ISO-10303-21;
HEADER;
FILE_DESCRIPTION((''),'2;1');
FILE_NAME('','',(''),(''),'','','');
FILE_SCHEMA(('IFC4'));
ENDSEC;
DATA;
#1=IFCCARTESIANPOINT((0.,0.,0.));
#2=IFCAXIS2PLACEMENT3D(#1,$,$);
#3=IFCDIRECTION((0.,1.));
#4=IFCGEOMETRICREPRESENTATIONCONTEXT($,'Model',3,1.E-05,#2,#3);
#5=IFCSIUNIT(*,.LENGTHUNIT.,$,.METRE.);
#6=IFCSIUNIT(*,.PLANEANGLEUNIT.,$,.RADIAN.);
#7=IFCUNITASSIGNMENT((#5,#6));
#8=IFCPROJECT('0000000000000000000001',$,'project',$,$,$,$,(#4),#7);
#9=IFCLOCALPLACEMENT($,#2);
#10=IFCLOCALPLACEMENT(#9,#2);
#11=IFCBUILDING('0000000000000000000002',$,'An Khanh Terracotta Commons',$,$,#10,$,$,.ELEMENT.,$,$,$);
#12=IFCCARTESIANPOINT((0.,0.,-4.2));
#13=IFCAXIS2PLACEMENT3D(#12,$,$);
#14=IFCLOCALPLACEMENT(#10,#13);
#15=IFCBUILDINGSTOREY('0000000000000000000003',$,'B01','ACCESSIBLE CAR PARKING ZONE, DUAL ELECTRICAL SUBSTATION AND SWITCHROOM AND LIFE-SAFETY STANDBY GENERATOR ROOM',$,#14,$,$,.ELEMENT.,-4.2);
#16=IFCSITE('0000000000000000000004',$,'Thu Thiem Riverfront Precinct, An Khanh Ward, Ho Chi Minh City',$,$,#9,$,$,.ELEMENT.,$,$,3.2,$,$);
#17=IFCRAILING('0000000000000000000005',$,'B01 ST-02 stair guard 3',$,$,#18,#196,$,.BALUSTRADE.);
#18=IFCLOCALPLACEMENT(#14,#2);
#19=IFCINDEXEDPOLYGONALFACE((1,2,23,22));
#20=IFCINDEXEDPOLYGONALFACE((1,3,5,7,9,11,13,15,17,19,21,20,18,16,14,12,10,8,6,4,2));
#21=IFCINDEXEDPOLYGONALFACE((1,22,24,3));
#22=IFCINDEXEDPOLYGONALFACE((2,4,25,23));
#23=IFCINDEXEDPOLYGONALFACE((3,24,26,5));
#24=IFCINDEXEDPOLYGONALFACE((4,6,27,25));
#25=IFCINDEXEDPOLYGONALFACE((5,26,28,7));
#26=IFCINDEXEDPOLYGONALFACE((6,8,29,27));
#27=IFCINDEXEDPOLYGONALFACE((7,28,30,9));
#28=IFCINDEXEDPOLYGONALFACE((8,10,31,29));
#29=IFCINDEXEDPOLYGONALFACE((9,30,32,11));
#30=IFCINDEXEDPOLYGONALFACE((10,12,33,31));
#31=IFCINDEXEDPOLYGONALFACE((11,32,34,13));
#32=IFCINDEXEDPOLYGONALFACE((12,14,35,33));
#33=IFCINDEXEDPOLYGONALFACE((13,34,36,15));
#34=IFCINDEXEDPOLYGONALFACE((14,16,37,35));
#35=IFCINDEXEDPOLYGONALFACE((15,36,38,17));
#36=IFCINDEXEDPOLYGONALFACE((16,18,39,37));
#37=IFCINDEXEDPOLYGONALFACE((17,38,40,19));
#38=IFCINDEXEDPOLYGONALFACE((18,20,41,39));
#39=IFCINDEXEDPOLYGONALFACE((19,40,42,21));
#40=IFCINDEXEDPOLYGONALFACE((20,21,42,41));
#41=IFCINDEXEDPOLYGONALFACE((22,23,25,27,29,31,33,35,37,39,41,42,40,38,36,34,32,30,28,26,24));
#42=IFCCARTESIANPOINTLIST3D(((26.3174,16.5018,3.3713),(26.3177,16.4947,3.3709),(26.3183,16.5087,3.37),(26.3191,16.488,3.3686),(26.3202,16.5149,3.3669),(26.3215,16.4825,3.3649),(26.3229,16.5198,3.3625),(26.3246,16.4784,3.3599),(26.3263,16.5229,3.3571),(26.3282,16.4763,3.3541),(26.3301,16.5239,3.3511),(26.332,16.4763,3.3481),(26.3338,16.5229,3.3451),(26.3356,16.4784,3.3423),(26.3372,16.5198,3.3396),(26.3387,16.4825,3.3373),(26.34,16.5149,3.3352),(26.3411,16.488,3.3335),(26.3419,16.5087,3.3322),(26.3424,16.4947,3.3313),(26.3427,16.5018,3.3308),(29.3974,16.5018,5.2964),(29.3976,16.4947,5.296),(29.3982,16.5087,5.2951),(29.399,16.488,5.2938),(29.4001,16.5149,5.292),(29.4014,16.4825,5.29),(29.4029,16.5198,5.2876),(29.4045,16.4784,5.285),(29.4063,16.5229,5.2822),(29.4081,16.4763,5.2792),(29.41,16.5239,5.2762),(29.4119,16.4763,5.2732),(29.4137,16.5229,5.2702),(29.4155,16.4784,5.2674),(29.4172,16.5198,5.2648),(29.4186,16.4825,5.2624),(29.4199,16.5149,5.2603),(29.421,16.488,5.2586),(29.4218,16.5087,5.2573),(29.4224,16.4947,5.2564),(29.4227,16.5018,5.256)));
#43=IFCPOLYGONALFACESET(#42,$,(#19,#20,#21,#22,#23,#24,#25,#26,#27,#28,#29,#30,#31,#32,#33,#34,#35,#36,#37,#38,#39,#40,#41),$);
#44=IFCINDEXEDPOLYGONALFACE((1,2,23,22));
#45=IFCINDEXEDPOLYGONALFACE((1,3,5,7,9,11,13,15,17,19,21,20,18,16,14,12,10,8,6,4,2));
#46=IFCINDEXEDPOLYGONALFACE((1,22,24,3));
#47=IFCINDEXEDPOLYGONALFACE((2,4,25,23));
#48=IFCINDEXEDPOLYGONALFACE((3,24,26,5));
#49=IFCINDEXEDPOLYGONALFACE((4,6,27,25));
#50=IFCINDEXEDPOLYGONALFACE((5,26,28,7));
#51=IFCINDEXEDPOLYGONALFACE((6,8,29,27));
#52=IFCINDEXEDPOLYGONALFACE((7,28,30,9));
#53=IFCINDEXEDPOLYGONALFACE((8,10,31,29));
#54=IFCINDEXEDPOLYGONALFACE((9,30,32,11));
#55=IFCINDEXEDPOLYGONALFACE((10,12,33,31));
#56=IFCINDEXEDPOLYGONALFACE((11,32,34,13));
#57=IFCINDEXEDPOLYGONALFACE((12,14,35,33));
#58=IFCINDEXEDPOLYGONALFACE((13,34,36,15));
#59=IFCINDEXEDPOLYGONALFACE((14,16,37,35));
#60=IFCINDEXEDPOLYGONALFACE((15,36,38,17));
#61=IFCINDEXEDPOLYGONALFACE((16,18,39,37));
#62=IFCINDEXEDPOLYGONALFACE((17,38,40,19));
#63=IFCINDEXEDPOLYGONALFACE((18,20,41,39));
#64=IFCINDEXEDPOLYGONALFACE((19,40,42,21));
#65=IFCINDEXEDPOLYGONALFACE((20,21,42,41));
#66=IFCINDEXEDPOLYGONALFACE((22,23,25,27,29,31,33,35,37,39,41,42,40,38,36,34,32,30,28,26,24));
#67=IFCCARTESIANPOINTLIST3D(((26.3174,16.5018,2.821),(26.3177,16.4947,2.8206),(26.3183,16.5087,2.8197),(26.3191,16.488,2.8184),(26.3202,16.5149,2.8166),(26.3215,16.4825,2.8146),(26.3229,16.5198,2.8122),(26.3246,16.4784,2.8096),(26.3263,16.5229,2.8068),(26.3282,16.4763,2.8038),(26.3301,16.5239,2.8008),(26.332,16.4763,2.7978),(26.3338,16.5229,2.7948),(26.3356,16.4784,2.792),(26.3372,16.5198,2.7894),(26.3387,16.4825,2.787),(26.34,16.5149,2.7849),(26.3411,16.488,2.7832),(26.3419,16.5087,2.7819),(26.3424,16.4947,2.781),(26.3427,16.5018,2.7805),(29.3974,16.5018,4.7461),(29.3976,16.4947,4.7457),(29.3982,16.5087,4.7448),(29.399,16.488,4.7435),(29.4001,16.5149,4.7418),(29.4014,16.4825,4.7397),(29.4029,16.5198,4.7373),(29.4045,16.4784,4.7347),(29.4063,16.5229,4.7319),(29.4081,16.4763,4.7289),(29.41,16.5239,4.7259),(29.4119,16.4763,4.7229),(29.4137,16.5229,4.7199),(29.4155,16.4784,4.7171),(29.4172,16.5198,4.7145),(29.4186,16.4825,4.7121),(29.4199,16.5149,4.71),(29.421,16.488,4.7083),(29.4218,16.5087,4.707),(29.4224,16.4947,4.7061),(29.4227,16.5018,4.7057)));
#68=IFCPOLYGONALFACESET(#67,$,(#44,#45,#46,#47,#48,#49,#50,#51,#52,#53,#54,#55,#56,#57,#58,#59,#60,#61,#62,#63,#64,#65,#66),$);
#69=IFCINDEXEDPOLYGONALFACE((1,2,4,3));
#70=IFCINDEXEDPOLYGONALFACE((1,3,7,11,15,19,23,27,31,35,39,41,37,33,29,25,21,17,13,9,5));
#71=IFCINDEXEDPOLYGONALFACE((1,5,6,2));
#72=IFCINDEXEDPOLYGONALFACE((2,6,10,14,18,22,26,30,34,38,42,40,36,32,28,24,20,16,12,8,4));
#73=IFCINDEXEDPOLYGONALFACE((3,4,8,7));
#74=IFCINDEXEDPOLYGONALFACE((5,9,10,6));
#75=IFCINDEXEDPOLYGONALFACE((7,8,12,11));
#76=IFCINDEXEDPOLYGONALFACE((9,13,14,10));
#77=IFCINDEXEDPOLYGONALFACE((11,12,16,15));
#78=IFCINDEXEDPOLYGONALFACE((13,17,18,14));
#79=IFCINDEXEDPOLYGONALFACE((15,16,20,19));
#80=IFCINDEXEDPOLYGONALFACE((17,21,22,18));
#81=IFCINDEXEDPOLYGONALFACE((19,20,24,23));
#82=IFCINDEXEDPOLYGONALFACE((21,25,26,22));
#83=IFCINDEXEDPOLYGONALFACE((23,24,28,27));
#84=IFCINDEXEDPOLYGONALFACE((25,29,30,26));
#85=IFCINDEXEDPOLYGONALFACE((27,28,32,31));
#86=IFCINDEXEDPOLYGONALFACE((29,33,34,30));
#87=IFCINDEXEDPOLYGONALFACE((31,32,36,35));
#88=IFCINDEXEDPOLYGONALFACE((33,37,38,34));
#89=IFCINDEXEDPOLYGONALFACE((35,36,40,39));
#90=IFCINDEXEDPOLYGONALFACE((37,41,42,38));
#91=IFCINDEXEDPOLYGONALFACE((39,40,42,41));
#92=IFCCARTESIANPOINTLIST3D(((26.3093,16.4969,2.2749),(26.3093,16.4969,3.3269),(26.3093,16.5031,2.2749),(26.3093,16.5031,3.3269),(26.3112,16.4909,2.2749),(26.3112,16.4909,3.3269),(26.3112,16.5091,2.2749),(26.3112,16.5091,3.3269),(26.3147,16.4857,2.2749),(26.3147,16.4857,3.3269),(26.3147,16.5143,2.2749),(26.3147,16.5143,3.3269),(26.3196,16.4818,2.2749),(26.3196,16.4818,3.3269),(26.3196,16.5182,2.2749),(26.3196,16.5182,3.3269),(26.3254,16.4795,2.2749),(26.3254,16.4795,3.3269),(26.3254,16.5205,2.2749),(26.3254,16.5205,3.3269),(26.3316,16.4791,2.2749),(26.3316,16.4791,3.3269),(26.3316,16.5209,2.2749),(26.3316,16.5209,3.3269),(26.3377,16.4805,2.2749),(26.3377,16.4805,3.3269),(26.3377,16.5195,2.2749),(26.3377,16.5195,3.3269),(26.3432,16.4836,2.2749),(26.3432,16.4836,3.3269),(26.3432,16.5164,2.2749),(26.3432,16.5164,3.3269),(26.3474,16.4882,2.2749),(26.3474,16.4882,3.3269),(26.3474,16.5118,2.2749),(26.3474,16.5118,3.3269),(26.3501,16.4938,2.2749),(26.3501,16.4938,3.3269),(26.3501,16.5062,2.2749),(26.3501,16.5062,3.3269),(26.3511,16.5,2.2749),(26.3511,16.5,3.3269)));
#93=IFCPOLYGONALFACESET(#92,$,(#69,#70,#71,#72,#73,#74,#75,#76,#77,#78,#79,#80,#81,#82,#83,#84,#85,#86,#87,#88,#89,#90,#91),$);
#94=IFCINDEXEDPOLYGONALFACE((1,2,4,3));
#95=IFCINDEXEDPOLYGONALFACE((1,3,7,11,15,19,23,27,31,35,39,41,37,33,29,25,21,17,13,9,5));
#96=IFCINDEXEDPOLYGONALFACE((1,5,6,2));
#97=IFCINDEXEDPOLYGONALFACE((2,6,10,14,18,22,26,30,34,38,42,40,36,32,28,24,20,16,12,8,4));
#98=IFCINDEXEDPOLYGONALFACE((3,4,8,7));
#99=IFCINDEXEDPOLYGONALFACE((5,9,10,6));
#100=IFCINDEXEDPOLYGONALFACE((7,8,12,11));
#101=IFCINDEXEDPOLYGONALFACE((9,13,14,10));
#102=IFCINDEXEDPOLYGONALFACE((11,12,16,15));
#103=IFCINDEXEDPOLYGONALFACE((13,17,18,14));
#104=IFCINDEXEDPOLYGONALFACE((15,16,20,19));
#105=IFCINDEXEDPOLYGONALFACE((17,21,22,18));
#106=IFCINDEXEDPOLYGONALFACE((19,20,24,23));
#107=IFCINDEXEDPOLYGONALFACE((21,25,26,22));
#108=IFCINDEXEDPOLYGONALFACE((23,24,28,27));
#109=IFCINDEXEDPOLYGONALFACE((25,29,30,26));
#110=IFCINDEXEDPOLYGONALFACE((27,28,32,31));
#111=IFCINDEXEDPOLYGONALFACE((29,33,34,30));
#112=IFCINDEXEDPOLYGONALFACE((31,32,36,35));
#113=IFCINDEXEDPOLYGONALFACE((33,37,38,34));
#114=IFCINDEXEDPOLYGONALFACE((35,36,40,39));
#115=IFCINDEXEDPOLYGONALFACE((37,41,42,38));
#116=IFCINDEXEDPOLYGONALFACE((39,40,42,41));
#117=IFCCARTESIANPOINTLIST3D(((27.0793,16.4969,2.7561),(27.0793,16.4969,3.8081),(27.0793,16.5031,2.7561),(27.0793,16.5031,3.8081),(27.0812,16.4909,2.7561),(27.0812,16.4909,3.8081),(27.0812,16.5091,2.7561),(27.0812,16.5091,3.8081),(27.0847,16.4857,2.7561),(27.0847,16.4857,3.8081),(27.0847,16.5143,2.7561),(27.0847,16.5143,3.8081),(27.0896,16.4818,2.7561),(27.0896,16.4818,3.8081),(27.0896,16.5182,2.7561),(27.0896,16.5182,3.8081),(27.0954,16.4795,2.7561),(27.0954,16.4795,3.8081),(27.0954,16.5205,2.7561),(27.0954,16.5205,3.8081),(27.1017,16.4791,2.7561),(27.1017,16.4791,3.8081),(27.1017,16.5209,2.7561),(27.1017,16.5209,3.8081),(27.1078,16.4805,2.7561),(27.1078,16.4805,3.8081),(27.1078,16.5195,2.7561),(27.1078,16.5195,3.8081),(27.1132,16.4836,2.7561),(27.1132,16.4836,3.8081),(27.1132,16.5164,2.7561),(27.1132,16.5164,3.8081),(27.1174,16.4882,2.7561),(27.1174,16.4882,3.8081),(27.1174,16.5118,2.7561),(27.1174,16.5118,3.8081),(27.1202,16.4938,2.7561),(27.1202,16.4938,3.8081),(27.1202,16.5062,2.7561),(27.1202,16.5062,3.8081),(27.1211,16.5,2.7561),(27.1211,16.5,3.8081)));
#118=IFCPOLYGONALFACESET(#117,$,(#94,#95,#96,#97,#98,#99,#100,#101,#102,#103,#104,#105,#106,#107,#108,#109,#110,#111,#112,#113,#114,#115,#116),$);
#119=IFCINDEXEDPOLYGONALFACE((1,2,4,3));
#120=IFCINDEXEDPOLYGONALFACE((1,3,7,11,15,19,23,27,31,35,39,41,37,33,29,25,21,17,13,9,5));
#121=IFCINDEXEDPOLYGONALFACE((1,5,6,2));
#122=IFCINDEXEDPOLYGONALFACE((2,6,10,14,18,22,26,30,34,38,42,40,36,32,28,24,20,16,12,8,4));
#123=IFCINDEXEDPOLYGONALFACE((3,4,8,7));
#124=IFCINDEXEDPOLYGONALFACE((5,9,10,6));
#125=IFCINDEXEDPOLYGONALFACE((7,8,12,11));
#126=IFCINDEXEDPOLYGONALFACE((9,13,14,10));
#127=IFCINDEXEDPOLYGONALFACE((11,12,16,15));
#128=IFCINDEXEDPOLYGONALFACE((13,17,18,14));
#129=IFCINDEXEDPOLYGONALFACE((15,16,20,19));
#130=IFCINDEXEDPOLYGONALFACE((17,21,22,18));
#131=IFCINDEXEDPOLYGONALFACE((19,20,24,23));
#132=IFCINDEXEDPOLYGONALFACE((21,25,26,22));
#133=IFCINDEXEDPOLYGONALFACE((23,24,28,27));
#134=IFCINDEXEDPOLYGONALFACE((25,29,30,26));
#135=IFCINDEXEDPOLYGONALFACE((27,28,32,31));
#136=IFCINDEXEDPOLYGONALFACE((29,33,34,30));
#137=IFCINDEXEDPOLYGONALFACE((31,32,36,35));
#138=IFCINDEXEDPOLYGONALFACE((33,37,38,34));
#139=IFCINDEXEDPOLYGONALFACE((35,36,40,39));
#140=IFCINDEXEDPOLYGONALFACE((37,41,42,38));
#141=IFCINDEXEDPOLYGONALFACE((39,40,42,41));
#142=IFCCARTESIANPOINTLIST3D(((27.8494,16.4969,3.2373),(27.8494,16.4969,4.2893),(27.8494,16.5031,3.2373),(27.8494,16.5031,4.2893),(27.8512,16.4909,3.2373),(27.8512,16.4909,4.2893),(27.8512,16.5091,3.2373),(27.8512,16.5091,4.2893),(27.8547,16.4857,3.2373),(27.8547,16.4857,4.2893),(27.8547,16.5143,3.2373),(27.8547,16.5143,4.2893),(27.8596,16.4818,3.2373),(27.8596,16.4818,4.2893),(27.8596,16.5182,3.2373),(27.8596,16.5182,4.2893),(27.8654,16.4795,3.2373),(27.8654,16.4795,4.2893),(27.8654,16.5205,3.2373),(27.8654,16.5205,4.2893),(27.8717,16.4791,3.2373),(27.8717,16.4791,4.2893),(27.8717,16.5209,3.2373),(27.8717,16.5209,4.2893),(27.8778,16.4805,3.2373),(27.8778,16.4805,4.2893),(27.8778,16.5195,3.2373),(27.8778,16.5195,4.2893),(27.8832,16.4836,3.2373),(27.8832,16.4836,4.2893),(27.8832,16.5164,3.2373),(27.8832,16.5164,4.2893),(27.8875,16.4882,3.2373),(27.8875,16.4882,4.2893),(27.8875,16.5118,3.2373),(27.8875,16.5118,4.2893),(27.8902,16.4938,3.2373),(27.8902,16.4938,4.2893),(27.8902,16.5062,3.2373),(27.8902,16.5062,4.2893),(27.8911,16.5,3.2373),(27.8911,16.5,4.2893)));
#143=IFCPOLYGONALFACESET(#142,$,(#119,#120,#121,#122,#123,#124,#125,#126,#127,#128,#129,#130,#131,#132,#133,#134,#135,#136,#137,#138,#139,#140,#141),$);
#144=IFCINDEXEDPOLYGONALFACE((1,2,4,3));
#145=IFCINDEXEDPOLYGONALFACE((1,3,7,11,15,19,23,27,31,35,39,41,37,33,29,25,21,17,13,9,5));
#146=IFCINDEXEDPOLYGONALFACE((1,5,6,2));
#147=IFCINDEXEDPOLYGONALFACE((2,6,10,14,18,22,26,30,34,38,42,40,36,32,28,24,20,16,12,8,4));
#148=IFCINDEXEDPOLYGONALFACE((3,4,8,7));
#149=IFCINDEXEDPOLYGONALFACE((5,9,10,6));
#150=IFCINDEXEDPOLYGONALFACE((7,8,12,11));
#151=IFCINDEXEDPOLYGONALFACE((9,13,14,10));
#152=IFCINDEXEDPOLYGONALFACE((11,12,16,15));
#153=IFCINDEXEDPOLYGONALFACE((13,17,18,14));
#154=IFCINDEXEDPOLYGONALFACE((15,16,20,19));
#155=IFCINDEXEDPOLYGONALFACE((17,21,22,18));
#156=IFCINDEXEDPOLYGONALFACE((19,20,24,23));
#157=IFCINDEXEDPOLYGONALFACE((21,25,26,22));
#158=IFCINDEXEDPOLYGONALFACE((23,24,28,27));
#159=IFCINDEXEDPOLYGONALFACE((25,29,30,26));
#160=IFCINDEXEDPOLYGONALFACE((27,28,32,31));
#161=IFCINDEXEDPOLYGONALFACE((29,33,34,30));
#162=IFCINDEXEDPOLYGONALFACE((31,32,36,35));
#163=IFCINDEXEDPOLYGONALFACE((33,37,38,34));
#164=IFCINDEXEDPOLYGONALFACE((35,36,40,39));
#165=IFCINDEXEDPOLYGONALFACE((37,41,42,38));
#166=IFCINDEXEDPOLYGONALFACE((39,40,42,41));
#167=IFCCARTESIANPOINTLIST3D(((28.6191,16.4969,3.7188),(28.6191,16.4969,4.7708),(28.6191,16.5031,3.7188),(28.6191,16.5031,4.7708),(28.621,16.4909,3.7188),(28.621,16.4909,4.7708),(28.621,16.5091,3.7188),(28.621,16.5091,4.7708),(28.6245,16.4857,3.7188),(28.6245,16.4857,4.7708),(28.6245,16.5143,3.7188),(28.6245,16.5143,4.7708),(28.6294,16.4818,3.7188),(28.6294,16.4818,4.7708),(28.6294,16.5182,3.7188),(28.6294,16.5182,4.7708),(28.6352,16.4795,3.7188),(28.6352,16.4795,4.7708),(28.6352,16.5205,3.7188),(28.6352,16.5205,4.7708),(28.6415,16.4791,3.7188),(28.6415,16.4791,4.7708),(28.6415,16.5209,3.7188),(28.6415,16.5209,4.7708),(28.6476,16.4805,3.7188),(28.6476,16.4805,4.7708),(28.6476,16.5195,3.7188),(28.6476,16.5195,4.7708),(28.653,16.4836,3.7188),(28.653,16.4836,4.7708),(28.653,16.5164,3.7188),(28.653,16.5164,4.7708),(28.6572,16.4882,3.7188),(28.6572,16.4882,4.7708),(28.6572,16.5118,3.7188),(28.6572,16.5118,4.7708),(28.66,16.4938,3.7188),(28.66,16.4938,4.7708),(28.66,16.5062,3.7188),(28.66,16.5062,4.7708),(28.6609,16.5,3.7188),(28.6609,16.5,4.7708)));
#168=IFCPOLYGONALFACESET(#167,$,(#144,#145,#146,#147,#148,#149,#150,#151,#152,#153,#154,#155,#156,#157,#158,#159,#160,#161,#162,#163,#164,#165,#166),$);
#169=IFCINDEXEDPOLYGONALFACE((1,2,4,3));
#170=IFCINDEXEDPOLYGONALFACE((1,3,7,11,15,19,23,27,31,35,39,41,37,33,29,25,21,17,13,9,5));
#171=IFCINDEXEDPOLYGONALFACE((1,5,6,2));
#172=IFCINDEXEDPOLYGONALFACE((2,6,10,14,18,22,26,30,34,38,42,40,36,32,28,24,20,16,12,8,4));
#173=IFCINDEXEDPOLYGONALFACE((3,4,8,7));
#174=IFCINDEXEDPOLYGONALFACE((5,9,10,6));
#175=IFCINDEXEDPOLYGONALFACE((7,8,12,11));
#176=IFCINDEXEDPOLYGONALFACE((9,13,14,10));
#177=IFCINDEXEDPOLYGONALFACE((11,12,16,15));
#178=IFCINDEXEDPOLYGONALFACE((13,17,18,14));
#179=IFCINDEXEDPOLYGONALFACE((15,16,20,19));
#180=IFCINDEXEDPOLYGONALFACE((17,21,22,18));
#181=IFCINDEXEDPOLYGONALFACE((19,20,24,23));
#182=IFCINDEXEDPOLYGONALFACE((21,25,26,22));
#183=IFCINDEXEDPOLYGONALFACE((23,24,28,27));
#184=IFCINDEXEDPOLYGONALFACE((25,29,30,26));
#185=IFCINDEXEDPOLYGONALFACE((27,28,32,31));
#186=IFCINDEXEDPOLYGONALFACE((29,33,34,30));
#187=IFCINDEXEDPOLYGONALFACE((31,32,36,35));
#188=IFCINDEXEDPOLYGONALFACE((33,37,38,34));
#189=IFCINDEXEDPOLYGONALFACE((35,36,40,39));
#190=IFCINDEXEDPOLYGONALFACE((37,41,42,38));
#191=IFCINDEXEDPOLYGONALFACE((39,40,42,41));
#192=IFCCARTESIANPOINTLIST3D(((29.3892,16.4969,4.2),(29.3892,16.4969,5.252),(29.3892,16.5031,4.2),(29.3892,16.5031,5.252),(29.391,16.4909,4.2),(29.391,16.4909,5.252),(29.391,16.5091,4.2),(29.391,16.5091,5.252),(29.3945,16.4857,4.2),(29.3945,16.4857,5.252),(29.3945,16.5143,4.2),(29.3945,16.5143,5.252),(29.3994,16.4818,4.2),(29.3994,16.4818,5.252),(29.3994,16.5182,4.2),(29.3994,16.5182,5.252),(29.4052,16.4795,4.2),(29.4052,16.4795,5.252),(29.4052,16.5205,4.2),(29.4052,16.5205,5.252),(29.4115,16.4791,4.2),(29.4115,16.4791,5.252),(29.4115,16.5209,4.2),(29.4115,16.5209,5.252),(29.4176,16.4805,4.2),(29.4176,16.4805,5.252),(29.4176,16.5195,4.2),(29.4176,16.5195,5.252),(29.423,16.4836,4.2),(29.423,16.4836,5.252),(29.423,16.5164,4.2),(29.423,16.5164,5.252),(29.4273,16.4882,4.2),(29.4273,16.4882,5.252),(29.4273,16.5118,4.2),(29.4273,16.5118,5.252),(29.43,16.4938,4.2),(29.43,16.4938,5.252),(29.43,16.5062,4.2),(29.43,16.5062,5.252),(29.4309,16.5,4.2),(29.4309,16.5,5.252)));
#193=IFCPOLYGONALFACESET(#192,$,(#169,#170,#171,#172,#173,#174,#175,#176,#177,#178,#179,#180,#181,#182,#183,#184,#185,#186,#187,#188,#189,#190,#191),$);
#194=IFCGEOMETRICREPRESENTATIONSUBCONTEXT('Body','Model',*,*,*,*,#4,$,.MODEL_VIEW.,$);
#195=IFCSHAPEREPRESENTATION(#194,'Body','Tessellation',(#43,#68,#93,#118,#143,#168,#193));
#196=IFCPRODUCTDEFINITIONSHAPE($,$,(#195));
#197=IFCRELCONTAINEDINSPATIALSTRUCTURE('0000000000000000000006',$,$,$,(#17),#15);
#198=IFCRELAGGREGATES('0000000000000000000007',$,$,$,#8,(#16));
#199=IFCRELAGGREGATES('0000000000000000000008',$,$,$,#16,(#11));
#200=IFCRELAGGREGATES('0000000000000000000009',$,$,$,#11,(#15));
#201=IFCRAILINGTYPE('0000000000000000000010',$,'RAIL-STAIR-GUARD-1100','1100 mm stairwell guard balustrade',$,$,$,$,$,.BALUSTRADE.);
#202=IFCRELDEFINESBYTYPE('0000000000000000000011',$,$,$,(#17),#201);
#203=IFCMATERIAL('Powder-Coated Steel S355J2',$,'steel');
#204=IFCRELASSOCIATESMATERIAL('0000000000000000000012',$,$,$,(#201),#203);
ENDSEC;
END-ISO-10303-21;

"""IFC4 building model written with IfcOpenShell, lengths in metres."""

from ifc_helpers import new_model, si_unit, direction, frame, origin, origin_2d, place, context, subcontext, project, spatial, circle, extrude, material, type_object, element, save


model = new_model("IFC4")

# Units and contexts
model_context = context("Model", 3, precision=1e-05, world=origin(), true_north=direction((0.0, 1.0)))
body_context = subcontext(model_context, "Body", "Model", "MODEL_VIEW")
ifc_project = project(units=[si_unit("LENGTHUNIT", "METRE"), si_unit("PLANEANGLEUNIT", "RADIAN")], contexts=[model_context])

# Site, building, storey
site_placement = place(None, origin())
site = spatial("IfcSite", under=ifc_project, at=site_placement, Name="Thu Thiem Riverfront Precinct, An Khanh Ward, Ho Chi Minh City", CompositionType="ELEMENT", RefElevation=3.2)
building_placement = place(site_placement, origin())
building = spatial("IfcBuilding", under=site, at=building_placement, Name="An Khanh Terracotta Commons", CompositionType="ELEMENT")
storey_placement = place(building_placement, frame((0.0, 0.0, -4.2)))
storey = spatial("IfcBuildingStorey", under=building, at=storey_placement, Name="B01", Description="ACCESSIBLE CAR PARKING ZONE, DUAL ELECTRICAL SUBSTATION AND SWITCHROOM AND LIFE-SAFETY STANDBY GENERATOR ROOM", CompositionType="ELEMENT", Elevation=-4.2)

# Railing
ifc_material_1 = material(Name="Powder-Coated Steel S355J2", Category="steel")
railing_type_1 = type_object("IfcRailingType", Name="RAIL-STAIR-GUARD-1100", Description="1100 mm stairwell guard balustrade", PredefinedType="BALUSTRADE", material=ifc_material_1)
railing_1_placement = place(storey_placement, frame((26.3301, 16.5, 2.2749)))
element("IfcRailing", 1, at=railing_1_placement, inside=storey, type_object=railing_type_1, Name="B01 ST-02 stair guard 3", PredefinedType="BALUSTRADE", context=body_context, shape_type="SweptSolid", body=[
    extrude(circle(Radius=0.0239, at=origin_2d()), frame((0.0, 0.0, 1.0762), z_axis=(0.847979, 0.0, 0.530029), x_axis=(0.0, 1.0, 0.0)), (0.0, 0.0, 1.0), 3.6321),
    extrude(circle(Radius=0.0239, at=origin_2d()), frame((0.0, 0.0, 0.5259), z_axis=(0.847979, 0.0, 0.530029), x_axis=(0.0, 1.0, 0.0)), (0.0, 0.0, 1.0), 3.6321),
    extrude(circle(Radius=0.021, at=origin_2d()), origin(), (0.0, 0.0, 1.0), 1.052),
    extrude(circle(Radius=0.021, at=origin_2d()), frame((0.77, 0.0, 0.4812)), (0.0, 0.0, 1.0), 1.052),
    extrude(circle(Radius=0.021, at=origin_2d()), frame((1.54, 0.0, 0.9624)), (0.0, 0.0, 1.0), 1.052),
    extrude(circle(Radius=0.021, at=origin_2d()), frame((2.3098, 0.0, 1.4438)), (0.0, 0.0, 1.0), 1.052),
    extrude(circle(Radius=0.021, at=origin_2d()), frame((3.0798, 0.0, 1.925)), (0.0, 0.0, 1.0), 1.052),
])

save(model, "model.ifc")
